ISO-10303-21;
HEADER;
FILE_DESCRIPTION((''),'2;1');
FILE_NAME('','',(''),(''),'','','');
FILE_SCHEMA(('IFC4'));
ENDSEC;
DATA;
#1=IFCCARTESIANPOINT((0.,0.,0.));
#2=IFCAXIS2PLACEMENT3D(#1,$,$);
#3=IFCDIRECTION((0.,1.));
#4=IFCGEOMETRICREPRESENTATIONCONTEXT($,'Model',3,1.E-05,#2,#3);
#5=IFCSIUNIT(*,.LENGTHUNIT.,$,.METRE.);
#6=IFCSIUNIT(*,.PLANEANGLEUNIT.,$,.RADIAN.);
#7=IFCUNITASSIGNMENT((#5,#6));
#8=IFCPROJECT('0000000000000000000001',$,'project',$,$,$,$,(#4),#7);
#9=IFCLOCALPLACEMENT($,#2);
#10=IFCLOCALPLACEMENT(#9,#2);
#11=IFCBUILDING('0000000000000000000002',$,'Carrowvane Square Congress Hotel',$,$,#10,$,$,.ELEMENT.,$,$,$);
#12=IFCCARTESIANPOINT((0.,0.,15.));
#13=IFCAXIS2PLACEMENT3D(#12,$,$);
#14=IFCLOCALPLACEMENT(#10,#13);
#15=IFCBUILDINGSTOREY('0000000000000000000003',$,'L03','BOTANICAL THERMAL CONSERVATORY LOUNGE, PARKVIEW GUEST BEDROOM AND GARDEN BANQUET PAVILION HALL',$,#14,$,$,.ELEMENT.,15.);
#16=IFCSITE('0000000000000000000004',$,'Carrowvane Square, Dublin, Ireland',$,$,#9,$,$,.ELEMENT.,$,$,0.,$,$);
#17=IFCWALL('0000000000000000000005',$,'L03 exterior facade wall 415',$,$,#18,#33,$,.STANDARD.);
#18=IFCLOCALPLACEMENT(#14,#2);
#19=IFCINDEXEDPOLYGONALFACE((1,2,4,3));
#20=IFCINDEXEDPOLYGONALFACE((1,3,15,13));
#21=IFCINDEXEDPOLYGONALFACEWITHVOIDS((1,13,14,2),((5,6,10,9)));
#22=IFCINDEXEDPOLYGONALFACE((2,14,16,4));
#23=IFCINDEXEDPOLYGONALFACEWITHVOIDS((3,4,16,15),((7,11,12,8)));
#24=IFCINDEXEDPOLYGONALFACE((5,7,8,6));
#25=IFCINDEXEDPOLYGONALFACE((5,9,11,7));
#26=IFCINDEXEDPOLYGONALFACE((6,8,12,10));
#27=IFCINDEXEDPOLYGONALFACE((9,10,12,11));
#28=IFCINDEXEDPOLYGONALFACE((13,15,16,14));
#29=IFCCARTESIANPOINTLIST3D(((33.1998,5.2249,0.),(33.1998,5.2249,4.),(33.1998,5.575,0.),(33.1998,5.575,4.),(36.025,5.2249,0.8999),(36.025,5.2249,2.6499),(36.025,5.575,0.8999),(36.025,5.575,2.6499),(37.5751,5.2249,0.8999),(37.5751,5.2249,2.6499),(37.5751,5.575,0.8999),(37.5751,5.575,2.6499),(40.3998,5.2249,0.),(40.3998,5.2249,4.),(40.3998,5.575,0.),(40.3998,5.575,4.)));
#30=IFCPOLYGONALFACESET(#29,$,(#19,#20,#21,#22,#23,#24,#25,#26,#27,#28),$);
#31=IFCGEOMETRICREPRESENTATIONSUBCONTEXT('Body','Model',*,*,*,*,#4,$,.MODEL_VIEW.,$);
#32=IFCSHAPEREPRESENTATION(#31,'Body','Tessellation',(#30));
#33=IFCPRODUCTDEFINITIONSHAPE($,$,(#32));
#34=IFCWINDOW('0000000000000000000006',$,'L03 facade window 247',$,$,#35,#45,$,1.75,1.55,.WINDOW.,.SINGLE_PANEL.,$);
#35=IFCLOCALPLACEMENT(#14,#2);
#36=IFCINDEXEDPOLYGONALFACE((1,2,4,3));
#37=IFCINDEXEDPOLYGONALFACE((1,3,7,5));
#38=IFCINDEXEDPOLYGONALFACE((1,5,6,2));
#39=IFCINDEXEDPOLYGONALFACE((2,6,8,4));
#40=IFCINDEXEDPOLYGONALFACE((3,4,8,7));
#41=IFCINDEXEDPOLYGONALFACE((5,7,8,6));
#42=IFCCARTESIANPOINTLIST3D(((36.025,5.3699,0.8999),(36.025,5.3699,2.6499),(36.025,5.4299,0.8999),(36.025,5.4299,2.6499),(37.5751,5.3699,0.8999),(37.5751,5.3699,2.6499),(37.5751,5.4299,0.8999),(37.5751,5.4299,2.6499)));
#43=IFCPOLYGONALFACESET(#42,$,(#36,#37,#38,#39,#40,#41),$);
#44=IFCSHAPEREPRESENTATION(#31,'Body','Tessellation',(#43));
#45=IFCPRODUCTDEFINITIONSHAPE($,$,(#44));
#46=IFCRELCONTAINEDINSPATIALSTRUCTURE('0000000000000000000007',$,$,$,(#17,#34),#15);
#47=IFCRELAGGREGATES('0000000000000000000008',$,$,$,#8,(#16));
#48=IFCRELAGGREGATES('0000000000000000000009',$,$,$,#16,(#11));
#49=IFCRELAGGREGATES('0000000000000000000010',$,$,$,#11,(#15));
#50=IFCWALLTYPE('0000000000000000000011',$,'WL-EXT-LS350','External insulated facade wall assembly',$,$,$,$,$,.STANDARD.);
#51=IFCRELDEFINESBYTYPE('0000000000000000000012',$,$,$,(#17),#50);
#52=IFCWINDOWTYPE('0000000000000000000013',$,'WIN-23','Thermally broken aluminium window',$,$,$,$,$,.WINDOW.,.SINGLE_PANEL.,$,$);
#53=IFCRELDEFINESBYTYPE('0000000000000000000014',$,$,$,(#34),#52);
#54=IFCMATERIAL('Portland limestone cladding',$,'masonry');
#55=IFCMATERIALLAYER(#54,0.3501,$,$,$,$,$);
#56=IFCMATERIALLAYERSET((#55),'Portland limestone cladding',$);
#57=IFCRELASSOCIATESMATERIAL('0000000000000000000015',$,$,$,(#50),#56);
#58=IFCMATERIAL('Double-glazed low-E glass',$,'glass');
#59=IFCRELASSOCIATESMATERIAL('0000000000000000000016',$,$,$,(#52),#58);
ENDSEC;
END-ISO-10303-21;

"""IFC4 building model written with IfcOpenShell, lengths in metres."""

from ifc_helpers import new_model, si_unit, direction, frame, frame_2d, origin, place, context, subcontext, project, spatial, rectangle, extrude, material, layer, layer_set, type_object, element, fill, save


model = new_model("IFC4")

# Units and contexts
model_context = context("Model", 3, precision=1e-05, world=origin(), true_north=direction((0.0, 1.0)))
body_context = subcontext(model_context, "Body", "Model", "MODEL_VIEW")
ifc_project = project(units=[si_unit("LENGTHUNIT", "METRE"), si_unit("PLANEANGLEUNIT", "RADIAN")], contexts=[model_context])

# Site, building, storey
site_placement = place(None, origin())
site = spatial("IfcSite", under=ifc_project, at=site_placement, Name="Carrowvane Square, Dublin, Ireland", CompositionType="ELEMENT", RefElevation=0.0)
building_placement = place(site_placement, origin())
building = spatial("IfcBuilding", under=site, at=building_placement, Name="Carrowvane Square Congress Hotel", CompositionType="ELEMENT")
storey_placement = place(building_placement, frame((0.0, 0.0, 15.0)))
storey = spatial("IfcBuildingStorey", under=building, at=storey_placement, Name="L03", Description="BOTANICAL THERMAL CONSERVATORY LOUNGE, PARKVIEW GUEST BEDROOM AND GARDEN BANQUET PAVILION HALL", CompositionType="ELEMENT", Elevation=15.0)

# Wall, opening, window
ifc_material_1 = material(Name="Portland limestone cladding", Category="masonry")
ifc_layer_1 = layer(ifc_material_1, 0.3501)
ifc_layer_set_1 = layer_set([ifc_layer_1], Name="Portland limestone cladding")
wall_type = type_object("IfcWallType", Name="WL-EXT-LS350", Description="External insulated facade wall assembly", PredefinedType="STANDARD", material=ifc_layer_set_1)
wall_placement = place(storey_placement, frame((40.3999, 5.3999, 0.0), z_axis=(0.0, 0.0, 1.0), x_axis=(-1.0, 0.0, 0.0)))
wall = element("IfcWall", 1, at=wall_placement, inside=storey, type_object=wall_type, Name="L03 exterior facade wall 415", PredefinedType="STANDARD", context=body_context, shape_type="SweptSolid", body=[
    extrude(rectangle(XDim=7.2, YDim=0.3501, at=frame_2d((3.6001, 0.0))), origin(), (0.0, 0.0, 1.0), 4.0),
])
opening_placement = place(wall_placement, frame((2.825, 0.0, 0.8999)))
opening = element("IfcOpeningElement", 2, at=opening_placement, cuts=wall, PredefinedType="OPENING", context=body_context, shape_type="SweptSolid", body=[
    extrude(rectangle(XDim=1.55, YDim=1.75, at=frame_2d((0.7749, 0.875))), frame((0.0, 0.1851, 0.0), z_axis=(0.0, -1.0, 0.0), x_axis=(1.0, 0.0, 0.0)), (0.0, 0.0, 1.0), 0.3701),
])
ifc_material_2 = material(Name="Double-glazed low-E glass", Category="glass")
window_type = type_object("IfcWindowType", Name="WIN-23", Description="Thermally broken aluminium window", PartitioningType="SINGLE_PANEL", PredefinedType="WINDOW", material=ifc_material_2)
window_placement = place(opening_placement, origin())
window = element("IfcWindow", 3, at=window_placement, inside=storey, type_object=window_type, Name="L03 facade window 247", OverallHeight=1.75, OverallWidth=1.55, PartitioningType="SINGLE_PANEL", PredefinedType="WINDOW", context=body_context, shape_type="SweptSolid", body=[
    extrude(rectangle(XDim=1.55, YDim=1.75, at=frame_2d((0.7749, 0.875))), frame((0.0, 0.03, 0.0), z_axis=(0.0, -1.0, 0.0), x_axis=(1.0, 0.0, 0.0)), (0.0, 0.0, 1.0), 0.0601),
])
fill(opening, window)

save(model, "model.ifc")
